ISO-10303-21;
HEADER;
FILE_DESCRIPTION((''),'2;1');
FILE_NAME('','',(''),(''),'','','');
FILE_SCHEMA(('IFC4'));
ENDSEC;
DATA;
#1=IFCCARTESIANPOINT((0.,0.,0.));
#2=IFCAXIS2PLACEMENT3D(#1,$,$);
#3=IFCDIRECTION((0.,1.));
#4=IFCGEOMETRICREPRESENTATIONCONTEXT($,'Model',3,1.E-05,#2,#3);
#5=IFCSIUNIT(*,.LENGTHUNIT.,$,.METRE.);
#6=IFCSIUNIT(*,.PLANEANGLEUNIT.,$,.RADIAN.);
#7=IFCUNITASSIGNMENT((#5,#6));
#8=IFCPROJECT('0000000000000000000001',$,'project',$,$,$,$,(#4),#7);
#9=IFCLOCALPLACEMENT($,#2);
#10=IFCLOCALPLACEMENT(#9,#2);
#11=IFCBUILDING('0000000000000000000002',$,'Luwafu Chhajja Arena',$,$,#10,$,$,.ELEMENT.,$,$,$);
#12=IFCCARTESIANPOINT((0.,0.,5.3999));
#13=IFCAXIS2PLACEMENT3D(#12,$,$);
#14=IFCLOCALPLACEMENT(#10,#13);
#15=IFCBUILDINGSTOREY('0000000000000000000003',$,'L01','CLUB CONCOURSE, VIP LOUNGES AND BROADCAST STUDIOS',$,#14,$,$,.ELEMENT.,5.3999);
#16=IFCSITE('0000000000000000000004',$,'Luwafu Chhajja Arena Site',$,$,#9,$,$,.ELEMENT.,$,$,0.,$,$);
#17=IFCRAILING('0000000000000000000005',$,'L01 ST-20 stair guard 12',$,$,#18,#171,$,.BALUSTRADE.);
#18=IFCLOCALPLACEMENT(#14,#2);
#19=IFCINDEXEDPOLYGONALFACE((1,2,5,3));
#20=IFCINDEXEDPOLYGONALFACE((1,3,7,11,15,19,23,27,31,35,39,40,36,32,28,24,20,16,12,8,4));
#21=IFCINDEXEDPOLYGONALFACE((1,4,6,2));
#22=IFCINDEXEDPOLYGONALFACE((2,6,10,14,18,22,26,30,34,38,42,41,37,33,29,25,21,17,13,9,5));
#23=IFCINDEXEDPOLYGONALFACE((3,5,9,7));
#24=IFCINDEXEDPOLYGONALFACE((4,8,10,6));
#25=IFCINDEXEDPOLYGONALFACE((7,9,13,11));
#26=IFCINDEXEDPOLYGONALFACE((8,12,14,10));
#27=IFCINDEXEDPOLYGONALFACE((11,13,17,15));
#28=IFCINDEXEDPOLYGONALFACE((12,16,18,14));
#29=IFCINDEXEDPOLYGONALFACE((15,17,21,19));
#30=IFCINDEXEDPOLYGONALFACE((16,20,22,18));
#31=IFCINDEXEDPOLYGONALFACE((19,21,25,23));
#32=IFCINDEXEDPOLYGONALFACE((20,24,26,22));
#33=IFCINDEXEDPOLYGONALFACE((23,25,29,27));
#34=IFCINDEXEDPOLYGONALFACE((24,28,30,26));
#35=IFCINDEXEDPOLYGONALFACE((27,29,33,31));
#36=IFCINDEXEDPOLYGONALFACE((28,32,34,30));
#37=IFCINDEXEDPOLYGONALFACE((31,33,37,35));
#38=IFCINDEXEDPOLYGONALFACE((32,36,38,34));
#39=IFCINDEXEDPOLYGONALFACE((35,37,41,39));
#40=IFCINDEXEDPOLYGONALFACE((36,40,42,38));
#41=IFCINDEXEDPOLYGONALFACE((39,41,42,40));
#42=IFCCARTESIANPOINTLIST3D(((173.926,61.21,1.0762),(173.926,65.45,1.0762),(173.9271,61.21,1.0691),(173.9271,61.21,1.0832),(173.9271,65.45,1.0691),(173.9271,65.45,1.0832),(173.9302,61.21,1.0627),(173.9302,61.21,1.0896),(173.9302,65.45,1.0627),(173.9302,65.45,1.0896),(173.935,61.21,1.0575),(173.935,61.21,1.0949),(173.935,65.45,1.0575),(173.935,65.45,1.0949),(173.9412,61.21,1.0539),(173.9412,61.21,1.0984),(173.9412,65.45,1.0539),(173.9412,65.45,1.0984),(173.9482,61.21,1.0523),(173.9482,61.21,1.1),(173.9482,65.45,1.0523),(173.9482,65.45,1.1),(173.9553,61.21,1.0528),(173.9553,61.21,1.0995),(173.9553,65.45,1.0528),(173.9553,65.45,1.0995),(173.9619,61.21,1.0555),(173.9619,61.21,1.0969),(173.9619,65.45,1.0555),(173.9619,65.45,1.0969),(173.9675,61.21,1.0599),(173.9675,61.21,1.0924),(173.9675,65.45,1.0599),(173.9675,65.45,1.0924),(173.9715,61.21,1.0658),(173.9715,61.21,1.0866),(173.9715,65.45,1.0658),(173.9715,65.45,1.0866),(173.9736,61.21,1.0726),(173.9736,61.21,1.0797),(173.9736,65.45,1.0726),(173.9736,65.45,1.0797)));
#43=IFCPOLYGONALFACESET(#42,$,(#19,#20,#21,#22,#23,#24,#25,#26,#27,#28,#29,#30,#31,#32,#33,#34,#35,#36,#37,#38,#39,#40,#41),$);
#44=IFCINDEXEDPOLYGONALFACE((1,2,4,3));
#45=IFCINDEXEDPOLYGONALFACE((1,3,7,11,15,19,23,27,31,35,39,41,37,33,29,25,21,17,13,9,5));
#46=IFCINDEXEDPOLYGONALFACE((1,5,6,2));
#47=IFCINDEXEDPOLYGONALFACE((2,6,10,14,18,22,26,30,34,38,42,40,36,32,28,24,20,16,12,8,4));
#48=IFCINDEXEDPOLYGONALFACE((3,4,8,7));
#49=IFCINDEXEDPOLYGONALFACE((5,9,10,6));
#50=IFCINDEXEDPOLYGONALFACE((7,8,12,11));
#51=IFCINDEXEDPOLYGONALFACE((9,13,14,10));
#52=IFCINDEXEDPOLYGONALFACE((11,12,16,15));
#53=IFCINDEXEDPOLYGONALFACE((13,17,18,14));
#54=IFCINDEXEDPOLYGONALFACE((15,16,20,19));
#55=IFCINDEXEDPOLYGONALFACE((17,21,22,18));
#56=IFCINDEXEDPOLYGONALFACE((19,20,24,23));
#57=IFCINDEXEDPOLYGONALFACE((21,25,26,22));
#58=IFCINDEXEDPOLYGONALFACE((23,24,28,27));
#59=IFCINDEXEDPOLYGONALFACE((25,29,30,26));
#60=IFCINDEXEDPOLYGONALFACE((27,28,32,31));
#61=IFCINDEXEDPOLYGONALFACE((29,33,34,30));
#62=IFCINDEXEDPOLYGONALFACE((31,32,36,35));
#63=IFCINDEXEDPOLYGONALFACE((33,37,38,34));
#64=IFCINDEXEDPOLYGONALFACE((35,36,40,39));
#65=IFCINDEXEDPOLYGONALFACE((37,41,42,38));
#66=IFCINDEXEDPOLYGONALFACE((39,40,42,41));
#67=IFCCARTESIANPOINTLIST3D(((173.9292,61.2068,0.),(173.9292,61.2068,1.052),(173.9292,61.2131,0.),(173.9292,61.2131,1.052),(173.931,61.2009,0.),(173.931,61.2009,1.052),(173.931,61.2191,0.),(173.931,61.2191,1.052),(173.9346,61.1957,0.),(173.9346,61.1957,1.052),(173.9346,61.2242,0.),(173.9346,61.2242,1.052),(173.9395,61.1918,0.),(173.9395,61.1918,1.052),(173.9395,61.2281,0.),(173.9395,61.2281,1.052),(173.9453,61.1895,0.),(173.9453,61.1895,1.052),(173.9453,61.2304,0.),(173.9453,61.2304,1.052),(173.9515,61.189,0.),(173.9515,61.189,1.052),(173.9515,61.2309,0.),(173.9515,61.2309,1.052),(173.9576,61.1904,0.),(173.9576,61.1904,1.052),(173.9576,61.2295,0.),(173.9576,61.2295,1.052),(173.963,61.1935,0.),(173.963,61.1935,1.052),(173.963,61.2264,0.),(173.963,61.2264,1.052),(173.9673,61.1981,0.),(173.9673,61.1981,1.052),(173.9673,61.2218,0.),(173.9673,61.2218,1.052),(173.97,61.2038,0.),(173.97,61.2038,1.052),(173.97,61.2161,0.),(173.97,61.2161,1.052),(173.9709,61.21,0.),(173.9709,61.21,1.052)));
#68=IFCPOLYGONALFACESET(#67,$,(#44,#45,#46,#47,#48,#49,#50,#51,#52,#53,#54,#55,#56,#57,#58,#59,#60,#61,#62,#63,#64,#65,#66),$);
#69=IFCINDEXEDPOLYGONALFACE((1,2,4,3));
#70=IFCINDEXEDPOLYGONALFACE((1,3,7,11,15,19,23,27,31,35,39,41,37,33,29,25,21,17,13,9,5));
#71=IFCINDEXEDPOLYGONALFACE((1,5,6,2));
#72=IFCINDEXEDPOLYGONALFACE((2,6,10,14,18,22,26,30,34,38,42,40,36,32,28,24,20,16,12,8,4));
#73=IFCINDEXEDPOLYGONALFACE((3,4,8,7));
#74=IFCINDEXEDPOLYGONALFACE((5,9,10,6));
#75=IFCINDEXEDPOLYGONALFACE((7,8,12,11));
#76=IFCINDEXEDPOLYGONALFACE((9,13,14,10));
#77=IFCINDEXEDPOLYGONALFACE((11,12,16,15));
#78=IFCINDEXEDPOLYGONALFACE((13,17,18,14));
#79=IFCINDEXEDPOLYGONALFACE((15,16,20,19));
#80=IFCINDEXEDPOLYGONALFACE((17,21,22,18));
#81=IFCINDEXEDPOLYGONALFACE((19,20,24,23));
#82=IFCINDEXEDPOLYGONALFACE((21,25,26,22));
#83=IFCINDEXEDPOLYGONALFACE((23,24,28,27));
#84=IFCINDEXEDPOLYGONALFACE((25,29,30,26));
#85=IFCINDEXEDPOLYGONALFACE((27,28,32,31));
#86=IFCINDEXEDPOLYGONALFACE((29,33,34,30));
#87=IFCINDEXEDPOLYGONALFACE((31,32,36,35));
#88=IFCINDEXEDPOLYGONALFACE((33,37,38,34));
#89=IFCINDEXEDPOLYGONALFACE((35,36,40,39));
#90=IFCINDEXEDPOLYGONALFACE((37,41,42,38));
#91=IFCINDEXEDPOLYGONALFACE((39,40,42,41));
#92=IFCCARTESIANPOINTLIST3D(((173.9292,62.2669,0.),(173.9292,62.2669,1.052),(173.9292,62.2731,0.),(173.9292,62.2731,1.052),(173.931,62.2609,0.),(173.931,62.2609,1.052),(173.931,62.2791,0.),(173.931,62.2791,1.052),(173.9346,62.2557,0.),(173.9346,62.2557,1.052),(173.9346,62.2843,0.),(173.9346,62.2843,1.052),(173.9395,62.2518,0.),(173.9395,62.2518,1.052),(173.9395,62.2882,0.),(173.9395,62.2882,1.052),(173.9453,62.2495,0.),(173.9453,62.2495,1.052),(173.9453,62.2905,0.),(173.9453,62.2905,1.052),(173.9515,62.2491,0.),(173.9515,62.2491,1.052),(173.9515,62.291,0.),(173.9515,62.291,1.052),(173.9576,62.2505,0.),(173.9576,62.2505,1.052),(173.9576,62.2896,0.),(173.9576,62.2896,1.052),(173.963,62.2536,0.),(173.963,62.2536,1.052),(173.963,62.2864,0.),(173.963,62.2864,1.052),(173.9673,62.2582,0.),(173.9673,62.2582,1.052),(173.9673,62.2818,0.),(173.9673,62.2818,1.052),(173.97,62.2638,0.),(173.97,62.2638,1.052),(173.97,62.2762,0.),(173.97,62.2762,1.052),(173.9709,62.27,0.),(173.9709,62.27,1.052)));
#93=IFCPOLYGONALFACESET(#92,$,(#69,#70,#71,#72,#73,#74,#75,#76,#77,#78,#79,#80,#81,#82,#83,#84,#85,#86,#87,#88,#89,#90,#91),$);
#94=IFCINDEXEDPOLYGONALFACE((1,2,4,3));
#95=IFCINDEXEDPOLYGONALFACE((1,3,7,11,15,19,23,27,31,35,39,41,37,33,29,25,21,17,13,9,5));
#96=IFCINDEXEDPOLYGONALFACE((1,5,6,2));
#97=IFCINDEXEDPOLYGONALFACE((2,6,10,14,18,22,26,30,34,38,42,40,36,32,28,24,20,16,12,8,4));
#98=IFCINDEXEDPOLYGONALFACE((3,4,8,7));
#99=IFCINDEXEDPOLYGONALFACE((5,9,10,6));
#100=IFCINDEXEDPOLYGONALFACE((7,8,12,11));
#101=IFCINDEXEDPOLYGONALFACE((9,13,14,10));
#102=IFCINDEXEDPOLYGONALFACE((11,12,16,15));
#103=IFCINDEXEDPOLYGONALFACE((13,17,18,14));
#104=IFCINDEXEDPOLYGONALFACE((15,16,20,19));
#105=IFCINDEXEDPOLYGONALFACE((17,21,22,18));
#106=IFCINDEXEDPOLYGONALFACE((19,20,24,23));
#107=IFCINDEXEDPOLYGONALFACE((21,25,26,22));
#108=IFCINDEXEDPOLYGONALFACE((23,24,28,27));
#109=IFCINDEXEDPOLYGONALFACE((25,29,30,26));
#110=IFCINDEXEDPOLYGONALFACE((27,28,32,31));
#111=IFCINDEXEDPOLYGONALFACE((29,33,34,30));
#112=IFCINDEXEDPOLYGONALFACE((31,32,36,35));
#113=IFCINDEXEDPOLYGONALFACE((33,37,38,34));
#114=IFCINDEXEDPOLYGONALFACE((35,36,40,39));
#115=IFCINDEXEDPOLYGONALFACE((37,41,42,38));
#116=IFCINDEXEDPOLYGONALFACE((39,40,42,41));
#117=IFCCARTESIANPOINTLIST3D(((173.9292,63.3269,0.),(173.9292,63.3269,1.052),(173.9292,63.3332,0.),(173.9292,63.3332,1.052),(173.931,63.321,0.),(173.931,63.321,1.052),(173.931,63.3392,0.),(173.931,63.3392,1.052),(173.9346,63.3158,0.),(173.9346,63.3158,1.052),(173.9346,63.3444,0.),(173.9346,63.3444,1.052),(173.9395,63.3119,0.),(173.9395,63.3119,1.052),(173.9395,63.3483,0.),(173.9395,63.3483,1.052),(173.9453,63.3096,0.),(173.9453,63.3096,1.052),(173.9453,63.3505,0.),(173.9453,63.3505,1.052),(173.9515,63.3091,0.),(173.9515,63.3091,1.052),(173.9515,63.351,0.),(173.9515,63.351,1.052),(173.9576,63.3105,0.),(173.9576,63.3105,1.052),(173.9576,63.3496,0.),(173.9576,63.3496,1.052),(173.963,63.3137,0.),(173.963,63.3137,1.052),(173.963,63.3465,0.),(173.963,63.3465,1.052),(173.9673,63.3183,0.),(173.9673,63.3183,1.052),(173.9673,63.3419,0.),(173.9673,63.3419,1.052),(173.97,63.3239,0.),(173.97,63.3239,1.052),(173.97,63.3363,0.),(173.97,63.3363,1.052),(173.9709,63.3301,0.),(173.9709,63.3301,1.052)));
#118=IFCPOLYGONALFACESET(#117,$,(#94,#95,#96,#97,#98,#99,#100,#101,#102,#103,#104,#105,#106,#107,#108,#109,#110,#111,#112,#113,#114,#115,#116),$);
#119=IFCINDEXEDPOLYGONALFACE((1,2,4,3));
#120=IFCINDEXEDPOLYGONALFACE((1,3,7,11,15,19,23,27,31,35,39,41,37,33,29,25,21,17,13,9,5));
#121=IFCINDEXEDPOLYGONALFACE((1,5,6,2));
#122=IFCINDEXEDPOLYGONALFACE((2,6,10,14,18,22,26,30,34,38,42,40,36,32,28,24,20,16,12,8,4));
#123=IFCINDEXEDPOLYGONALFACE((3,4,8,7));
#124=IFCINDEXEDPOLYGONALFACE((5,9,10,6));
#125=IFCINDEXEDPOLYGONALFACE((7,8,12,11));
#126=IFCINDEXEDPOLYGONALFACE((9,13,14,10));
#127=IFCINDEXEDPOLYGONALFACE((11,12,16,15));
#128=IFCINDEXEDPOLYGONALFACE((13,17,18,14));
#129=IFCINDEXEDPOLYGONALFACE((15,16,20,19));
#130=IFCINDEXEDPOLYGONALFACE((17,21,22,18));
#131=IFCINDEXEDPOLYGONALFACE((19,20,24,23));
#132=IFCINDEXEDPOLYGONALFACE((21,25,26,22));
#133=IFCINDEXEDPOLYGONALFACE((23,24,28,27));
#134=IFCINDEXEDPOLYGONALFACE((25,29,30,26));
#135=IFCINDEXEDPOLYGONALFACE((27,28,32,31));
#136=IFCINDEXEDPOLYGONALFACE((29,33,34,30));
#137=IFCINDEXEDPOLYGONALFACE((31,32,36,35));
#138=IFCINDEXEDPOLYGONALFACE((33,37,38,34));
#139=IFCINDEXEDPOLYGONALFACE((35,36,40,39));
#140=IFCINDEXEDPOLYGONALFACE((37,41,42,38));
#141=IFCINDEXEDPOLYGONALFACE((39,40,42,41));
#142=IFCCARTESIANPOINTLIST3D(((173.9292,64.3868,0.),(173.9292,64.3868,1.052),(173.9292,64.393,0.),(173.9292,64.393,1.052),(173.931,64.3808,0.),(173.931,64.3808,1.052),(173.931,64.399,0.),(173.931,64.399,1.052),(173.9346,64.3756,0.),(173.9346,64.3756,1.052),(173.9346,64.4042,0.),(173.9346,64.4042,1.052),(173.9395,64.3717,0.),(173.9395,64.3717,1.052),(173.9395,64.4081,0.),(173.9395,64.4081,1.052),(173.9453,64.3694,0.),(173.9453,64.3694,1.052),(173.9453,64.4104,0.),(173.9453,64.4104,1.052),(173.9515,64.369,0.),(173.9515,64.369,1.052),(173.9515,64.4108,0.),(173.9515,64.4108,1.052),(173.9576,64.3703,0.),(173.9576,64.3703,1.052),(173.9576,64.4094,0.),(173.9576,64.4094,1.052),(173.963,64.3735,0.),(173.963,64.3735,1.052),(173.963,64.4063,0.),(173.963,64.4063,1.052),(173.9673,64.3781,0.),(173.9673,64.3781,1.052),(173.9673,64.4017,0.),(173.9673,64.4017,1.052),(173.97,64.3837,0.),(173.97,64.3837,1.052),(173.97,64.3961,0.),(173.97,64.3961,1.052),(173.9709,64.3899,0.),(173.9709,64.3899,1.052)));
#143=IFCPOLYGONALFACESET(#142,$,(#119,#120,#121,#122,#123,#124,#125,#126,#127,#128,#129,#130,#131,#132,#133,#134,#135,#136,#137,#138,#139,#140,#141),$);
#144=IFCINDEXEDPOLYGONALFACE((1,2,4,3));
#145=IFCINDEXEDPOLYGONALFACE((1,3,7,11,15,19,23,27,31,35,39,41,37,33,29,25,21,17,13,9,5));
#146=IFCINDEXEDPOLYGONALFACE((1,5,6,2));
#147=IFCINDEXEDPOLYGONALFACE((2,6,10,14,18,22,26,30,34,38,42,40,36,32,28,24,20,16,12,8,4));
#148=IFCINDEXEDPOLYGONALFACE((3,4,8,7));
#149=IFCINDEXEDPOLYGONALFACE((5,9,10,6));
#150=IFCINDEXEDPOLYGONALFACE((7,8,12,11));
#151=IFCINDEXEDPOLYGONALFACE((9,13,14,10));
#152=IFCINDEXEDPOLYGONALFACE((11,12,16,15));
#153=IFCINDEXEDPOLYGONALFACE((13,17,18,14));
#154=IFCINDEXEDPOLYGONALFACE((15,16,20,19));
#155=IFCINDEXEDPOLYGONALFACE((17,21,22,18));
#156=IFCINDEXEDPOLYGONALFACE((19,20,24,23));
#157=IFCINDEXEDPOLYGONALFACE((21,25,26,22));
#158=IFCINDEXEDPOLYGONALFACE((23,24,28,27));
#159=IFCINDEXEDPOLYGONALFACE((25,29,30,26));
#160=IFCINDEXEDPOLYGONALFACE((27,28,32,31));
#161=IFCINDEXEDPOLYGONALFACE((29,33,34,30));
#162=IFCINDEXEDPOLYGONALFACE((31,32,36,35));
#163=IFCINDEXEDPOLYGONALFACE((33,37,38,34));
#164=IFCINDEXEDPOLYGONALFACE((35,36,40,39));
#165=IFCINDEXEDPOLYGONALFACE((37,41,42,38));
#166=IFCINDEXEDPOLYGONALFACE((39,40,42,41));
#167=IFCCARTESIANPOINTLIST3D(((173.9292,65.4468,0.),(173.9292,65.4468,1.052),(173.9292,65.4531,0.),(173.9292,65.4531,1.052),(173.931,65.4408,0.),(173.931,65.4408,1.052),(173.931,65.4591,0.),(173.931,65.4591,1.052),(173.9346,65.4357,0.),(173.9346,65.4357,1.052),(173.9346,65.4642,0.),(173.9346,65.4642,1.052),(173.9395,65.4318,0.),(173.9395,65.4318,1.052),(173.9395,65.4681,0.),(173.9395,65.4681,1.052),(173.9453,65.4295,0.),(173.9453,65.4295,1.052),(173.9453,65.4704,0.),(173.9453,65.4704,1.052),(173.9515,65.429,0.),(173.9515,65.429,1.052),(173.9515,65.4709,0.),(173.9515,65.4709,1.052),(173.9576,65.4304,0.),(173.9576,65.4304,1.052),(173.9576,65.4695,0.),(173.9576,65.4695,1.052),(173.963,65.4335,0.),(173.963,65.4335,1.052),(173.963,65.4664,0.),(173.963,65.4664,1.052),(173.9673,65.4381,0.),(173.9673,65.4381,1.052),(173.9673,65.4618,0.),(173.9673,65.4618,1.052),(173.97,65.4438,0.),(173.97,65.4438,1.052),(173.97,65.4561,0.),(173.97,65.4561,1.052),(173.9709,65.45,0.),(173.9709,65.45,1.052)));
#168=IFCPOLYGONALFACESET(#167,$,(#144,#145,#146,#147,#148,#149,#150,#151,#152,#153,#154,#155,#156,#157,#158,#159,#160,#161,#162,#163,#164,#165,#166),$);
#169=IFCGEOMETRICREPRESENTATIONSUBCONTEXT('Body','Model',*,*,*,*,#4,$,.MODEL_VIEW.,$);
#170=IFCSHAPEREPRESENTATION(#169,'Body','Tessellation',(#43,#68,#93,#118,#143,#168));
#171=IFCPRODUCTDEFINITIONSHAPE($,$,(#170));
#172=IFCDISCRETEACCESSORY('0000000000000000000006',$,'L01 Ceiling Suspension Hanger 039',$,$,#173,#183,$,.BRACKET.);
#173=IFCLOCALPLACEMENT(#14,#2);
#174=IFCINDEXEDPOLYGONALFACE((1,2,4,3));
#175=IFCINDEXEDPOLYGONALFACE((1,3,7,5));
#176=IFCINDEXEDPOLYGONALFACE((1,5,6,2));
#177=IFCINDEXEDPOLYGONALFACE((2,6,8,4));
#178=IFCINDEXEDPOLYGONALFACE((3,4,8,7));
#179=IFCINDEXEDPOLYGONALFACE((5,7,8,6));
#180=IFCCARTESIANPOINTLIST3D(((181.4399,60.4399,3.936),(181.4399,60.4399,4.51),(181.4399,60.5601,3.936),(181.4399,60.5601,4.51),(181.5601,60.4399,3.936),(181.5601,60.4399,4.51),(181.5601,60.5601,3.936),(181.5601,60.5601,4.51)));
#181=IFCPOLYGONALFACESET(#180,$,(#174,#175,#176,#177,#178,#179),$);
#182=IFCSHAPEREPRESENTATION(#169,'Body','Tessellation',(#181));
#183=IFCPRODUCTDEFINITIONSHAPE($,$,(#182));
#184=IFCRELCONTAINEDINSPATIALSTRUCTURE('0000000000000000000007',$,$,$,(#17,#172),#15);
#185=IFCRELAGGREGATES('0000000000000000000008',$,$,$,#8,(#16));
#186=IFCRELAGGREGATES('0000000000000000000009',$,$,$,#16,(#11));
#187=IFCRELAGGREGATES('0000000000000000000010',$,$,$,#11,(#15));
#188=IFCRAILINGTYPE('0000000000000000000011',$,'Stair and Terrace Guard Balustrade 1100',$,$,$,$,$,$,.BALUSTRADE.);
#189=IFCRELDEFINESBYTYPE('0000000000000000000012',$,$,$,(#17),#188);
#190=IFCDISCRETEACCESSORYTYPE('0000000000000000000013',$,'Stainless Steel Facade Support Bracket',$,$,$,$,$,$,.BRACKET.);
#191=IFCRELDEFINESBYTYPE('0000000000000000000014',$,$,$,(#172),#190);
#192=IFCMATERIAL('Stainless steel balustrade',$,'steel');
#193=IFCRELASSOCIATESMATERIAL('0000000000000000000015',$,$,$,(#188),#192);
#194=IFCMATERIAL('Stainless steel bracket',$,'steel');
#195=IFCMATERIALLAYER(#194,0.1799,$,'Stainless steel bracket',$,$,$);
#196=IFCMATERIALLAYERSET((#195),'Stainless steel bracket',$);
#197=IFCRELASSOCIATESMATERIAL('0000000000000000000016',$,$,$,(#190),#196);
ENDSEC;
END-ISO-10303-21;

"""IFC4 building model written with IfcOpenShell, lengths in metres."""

from ifc_helpers import new_model, si_unit, direction, frame, origin, origin_2d, place, context, subcontext, project, spatial, rectangle, circle, extrude, material, layer, layer_set, type_object, element, save


model = new_model("IFC4")

# Units and contexts
model_context = context("Model", 3, precision=1e-05, world=origin(), true_north=direction((0.0, 1.0)))
body_context = subcontext(model_context, "Body", "Model", "MODEL_VIEW")
ifc_project = project(units=[si_unit("LENGTHUNIT", "METRE"), si_unit("PLANEANGLEUNIT", "RADIAN")], contexts=[model_context])

# Site, building, storey
site_placement = place(None, origin())
site = spatial("IfcSite", under=ifc_project, at=site_placement, Name="Luwafu Chhajja Arena Site", CompositionType="ELEMENT", RefElevation=0.0)
building_placement = place(site_placement, origin())
building = spatial("IfcBuilding", under=site, at=building_placement, Name="Luwafu Chhajja Arena", CompositionType="ELEMENT")
storey_placement = place(building_placement, frame((0.0, 0.0, 5.3999)))
storey = spatial("IfcBuildingStorey", under=building, at=storey_placement, Name="L01", Description="CLUB CONCOURSE, VIP LOUNGES AND BROADCAST STUDIOS", CompositionType="ELEMENT", Elevation=5.3999)

# Railing
ifc_material_1 = material(Name="Stainless steel balustrade", Category="steel")
railing_type_1 = type_object("IfcRailingType", Name="Stair and Terrace Guard Balustrade 1100", PredefinedType="BALUSTRADE", material=ifc_material_1)
railing_1_placement = place(storey_placement, frame((173.95, 61.21, 0.0)))
element("IfcRailing", 1, at=railing_1_placement, inside=storey, type_object=railing_type_1, Name="L01 ST-20 stair guard 12", PredefinedType="BALUSTRADE", context=body_context, shape_type="SweptSolid", body=[
    extrude(circle(Radius=0.0239, at=origin_2d()), frame((0.0, 0.0, 1.0762), z_axis=(0.0, 1.0, 0.0), x_axis=(-1.0, 0.0, 0.0)), (0.0, 0.0, 1.0), 4.24),
    extrude(circle(Radius=0.021, at=origin_2d()), origin(), (0.0, 0.0, 1.0), 1.052),
    extrude(circle(Radius=0.021, at=origin_2d()), frame((0.0, 1.0601, 0.0)), (0.0, 0.0, 1.0), 1.052),
    extrude(circle(Radius=0.021, at=origin_2d()), frame((0.0, 2.1201, 0.0)), (0.0, 0.0, 1.0), 1.052),
    extrude(circle(Radius=0.021, at=origin_2d()), frame((0.0, 3.1799, 0.0)), (0.0, 0.0, 1.0), 1.052),
    extrude(circle(Radius=0.021, at=origin_2d()), frame((0.0, 4.24, 0.0)), (0.0, 0.0, 1.0), 1.052),
])

# Discrete accessory
ifc_material_2 = material(Name="Stainless steel bracket", Category="steel")
ifc_layer_1 = layer(ifc_material_2, 0.1799, Name="Stainless steel bracket")
ifc_layer_set_1 = layer_set([ifc_layer_1], Name="Stainless steel bracket")
discrete_accessory_type = type_object("IfcDiscreteAccessoryType", Name="Stainless Steel Facade Support Bracket", PredefinedType="BRACKET", material=ifc_layer_set_1)
discrete_accessory_placement = place(storey_placement, frame((181.5, 60.5, 3.936), z_axis=(0.0, 0.0, 1.0), x_axis=(1.0, 0.0, 0.0)))
element("IfcDiscreteAccessory", 2, at=discrete_accessory_placement, inside=storey, type_object=discrete_accessory_type, Name="L01 Ceiling Suspension Hanger 039", PredefinedType="BRACKET", context=body_context, shape_type="SweptSolid", body=[
    extrude(rectangle(XDim=0.1201, YDim=0.1201, at=origin_2d()), origin(), (0.0, 0.0, 1.0), 0.574),
])

save(model, "model.ifc")
